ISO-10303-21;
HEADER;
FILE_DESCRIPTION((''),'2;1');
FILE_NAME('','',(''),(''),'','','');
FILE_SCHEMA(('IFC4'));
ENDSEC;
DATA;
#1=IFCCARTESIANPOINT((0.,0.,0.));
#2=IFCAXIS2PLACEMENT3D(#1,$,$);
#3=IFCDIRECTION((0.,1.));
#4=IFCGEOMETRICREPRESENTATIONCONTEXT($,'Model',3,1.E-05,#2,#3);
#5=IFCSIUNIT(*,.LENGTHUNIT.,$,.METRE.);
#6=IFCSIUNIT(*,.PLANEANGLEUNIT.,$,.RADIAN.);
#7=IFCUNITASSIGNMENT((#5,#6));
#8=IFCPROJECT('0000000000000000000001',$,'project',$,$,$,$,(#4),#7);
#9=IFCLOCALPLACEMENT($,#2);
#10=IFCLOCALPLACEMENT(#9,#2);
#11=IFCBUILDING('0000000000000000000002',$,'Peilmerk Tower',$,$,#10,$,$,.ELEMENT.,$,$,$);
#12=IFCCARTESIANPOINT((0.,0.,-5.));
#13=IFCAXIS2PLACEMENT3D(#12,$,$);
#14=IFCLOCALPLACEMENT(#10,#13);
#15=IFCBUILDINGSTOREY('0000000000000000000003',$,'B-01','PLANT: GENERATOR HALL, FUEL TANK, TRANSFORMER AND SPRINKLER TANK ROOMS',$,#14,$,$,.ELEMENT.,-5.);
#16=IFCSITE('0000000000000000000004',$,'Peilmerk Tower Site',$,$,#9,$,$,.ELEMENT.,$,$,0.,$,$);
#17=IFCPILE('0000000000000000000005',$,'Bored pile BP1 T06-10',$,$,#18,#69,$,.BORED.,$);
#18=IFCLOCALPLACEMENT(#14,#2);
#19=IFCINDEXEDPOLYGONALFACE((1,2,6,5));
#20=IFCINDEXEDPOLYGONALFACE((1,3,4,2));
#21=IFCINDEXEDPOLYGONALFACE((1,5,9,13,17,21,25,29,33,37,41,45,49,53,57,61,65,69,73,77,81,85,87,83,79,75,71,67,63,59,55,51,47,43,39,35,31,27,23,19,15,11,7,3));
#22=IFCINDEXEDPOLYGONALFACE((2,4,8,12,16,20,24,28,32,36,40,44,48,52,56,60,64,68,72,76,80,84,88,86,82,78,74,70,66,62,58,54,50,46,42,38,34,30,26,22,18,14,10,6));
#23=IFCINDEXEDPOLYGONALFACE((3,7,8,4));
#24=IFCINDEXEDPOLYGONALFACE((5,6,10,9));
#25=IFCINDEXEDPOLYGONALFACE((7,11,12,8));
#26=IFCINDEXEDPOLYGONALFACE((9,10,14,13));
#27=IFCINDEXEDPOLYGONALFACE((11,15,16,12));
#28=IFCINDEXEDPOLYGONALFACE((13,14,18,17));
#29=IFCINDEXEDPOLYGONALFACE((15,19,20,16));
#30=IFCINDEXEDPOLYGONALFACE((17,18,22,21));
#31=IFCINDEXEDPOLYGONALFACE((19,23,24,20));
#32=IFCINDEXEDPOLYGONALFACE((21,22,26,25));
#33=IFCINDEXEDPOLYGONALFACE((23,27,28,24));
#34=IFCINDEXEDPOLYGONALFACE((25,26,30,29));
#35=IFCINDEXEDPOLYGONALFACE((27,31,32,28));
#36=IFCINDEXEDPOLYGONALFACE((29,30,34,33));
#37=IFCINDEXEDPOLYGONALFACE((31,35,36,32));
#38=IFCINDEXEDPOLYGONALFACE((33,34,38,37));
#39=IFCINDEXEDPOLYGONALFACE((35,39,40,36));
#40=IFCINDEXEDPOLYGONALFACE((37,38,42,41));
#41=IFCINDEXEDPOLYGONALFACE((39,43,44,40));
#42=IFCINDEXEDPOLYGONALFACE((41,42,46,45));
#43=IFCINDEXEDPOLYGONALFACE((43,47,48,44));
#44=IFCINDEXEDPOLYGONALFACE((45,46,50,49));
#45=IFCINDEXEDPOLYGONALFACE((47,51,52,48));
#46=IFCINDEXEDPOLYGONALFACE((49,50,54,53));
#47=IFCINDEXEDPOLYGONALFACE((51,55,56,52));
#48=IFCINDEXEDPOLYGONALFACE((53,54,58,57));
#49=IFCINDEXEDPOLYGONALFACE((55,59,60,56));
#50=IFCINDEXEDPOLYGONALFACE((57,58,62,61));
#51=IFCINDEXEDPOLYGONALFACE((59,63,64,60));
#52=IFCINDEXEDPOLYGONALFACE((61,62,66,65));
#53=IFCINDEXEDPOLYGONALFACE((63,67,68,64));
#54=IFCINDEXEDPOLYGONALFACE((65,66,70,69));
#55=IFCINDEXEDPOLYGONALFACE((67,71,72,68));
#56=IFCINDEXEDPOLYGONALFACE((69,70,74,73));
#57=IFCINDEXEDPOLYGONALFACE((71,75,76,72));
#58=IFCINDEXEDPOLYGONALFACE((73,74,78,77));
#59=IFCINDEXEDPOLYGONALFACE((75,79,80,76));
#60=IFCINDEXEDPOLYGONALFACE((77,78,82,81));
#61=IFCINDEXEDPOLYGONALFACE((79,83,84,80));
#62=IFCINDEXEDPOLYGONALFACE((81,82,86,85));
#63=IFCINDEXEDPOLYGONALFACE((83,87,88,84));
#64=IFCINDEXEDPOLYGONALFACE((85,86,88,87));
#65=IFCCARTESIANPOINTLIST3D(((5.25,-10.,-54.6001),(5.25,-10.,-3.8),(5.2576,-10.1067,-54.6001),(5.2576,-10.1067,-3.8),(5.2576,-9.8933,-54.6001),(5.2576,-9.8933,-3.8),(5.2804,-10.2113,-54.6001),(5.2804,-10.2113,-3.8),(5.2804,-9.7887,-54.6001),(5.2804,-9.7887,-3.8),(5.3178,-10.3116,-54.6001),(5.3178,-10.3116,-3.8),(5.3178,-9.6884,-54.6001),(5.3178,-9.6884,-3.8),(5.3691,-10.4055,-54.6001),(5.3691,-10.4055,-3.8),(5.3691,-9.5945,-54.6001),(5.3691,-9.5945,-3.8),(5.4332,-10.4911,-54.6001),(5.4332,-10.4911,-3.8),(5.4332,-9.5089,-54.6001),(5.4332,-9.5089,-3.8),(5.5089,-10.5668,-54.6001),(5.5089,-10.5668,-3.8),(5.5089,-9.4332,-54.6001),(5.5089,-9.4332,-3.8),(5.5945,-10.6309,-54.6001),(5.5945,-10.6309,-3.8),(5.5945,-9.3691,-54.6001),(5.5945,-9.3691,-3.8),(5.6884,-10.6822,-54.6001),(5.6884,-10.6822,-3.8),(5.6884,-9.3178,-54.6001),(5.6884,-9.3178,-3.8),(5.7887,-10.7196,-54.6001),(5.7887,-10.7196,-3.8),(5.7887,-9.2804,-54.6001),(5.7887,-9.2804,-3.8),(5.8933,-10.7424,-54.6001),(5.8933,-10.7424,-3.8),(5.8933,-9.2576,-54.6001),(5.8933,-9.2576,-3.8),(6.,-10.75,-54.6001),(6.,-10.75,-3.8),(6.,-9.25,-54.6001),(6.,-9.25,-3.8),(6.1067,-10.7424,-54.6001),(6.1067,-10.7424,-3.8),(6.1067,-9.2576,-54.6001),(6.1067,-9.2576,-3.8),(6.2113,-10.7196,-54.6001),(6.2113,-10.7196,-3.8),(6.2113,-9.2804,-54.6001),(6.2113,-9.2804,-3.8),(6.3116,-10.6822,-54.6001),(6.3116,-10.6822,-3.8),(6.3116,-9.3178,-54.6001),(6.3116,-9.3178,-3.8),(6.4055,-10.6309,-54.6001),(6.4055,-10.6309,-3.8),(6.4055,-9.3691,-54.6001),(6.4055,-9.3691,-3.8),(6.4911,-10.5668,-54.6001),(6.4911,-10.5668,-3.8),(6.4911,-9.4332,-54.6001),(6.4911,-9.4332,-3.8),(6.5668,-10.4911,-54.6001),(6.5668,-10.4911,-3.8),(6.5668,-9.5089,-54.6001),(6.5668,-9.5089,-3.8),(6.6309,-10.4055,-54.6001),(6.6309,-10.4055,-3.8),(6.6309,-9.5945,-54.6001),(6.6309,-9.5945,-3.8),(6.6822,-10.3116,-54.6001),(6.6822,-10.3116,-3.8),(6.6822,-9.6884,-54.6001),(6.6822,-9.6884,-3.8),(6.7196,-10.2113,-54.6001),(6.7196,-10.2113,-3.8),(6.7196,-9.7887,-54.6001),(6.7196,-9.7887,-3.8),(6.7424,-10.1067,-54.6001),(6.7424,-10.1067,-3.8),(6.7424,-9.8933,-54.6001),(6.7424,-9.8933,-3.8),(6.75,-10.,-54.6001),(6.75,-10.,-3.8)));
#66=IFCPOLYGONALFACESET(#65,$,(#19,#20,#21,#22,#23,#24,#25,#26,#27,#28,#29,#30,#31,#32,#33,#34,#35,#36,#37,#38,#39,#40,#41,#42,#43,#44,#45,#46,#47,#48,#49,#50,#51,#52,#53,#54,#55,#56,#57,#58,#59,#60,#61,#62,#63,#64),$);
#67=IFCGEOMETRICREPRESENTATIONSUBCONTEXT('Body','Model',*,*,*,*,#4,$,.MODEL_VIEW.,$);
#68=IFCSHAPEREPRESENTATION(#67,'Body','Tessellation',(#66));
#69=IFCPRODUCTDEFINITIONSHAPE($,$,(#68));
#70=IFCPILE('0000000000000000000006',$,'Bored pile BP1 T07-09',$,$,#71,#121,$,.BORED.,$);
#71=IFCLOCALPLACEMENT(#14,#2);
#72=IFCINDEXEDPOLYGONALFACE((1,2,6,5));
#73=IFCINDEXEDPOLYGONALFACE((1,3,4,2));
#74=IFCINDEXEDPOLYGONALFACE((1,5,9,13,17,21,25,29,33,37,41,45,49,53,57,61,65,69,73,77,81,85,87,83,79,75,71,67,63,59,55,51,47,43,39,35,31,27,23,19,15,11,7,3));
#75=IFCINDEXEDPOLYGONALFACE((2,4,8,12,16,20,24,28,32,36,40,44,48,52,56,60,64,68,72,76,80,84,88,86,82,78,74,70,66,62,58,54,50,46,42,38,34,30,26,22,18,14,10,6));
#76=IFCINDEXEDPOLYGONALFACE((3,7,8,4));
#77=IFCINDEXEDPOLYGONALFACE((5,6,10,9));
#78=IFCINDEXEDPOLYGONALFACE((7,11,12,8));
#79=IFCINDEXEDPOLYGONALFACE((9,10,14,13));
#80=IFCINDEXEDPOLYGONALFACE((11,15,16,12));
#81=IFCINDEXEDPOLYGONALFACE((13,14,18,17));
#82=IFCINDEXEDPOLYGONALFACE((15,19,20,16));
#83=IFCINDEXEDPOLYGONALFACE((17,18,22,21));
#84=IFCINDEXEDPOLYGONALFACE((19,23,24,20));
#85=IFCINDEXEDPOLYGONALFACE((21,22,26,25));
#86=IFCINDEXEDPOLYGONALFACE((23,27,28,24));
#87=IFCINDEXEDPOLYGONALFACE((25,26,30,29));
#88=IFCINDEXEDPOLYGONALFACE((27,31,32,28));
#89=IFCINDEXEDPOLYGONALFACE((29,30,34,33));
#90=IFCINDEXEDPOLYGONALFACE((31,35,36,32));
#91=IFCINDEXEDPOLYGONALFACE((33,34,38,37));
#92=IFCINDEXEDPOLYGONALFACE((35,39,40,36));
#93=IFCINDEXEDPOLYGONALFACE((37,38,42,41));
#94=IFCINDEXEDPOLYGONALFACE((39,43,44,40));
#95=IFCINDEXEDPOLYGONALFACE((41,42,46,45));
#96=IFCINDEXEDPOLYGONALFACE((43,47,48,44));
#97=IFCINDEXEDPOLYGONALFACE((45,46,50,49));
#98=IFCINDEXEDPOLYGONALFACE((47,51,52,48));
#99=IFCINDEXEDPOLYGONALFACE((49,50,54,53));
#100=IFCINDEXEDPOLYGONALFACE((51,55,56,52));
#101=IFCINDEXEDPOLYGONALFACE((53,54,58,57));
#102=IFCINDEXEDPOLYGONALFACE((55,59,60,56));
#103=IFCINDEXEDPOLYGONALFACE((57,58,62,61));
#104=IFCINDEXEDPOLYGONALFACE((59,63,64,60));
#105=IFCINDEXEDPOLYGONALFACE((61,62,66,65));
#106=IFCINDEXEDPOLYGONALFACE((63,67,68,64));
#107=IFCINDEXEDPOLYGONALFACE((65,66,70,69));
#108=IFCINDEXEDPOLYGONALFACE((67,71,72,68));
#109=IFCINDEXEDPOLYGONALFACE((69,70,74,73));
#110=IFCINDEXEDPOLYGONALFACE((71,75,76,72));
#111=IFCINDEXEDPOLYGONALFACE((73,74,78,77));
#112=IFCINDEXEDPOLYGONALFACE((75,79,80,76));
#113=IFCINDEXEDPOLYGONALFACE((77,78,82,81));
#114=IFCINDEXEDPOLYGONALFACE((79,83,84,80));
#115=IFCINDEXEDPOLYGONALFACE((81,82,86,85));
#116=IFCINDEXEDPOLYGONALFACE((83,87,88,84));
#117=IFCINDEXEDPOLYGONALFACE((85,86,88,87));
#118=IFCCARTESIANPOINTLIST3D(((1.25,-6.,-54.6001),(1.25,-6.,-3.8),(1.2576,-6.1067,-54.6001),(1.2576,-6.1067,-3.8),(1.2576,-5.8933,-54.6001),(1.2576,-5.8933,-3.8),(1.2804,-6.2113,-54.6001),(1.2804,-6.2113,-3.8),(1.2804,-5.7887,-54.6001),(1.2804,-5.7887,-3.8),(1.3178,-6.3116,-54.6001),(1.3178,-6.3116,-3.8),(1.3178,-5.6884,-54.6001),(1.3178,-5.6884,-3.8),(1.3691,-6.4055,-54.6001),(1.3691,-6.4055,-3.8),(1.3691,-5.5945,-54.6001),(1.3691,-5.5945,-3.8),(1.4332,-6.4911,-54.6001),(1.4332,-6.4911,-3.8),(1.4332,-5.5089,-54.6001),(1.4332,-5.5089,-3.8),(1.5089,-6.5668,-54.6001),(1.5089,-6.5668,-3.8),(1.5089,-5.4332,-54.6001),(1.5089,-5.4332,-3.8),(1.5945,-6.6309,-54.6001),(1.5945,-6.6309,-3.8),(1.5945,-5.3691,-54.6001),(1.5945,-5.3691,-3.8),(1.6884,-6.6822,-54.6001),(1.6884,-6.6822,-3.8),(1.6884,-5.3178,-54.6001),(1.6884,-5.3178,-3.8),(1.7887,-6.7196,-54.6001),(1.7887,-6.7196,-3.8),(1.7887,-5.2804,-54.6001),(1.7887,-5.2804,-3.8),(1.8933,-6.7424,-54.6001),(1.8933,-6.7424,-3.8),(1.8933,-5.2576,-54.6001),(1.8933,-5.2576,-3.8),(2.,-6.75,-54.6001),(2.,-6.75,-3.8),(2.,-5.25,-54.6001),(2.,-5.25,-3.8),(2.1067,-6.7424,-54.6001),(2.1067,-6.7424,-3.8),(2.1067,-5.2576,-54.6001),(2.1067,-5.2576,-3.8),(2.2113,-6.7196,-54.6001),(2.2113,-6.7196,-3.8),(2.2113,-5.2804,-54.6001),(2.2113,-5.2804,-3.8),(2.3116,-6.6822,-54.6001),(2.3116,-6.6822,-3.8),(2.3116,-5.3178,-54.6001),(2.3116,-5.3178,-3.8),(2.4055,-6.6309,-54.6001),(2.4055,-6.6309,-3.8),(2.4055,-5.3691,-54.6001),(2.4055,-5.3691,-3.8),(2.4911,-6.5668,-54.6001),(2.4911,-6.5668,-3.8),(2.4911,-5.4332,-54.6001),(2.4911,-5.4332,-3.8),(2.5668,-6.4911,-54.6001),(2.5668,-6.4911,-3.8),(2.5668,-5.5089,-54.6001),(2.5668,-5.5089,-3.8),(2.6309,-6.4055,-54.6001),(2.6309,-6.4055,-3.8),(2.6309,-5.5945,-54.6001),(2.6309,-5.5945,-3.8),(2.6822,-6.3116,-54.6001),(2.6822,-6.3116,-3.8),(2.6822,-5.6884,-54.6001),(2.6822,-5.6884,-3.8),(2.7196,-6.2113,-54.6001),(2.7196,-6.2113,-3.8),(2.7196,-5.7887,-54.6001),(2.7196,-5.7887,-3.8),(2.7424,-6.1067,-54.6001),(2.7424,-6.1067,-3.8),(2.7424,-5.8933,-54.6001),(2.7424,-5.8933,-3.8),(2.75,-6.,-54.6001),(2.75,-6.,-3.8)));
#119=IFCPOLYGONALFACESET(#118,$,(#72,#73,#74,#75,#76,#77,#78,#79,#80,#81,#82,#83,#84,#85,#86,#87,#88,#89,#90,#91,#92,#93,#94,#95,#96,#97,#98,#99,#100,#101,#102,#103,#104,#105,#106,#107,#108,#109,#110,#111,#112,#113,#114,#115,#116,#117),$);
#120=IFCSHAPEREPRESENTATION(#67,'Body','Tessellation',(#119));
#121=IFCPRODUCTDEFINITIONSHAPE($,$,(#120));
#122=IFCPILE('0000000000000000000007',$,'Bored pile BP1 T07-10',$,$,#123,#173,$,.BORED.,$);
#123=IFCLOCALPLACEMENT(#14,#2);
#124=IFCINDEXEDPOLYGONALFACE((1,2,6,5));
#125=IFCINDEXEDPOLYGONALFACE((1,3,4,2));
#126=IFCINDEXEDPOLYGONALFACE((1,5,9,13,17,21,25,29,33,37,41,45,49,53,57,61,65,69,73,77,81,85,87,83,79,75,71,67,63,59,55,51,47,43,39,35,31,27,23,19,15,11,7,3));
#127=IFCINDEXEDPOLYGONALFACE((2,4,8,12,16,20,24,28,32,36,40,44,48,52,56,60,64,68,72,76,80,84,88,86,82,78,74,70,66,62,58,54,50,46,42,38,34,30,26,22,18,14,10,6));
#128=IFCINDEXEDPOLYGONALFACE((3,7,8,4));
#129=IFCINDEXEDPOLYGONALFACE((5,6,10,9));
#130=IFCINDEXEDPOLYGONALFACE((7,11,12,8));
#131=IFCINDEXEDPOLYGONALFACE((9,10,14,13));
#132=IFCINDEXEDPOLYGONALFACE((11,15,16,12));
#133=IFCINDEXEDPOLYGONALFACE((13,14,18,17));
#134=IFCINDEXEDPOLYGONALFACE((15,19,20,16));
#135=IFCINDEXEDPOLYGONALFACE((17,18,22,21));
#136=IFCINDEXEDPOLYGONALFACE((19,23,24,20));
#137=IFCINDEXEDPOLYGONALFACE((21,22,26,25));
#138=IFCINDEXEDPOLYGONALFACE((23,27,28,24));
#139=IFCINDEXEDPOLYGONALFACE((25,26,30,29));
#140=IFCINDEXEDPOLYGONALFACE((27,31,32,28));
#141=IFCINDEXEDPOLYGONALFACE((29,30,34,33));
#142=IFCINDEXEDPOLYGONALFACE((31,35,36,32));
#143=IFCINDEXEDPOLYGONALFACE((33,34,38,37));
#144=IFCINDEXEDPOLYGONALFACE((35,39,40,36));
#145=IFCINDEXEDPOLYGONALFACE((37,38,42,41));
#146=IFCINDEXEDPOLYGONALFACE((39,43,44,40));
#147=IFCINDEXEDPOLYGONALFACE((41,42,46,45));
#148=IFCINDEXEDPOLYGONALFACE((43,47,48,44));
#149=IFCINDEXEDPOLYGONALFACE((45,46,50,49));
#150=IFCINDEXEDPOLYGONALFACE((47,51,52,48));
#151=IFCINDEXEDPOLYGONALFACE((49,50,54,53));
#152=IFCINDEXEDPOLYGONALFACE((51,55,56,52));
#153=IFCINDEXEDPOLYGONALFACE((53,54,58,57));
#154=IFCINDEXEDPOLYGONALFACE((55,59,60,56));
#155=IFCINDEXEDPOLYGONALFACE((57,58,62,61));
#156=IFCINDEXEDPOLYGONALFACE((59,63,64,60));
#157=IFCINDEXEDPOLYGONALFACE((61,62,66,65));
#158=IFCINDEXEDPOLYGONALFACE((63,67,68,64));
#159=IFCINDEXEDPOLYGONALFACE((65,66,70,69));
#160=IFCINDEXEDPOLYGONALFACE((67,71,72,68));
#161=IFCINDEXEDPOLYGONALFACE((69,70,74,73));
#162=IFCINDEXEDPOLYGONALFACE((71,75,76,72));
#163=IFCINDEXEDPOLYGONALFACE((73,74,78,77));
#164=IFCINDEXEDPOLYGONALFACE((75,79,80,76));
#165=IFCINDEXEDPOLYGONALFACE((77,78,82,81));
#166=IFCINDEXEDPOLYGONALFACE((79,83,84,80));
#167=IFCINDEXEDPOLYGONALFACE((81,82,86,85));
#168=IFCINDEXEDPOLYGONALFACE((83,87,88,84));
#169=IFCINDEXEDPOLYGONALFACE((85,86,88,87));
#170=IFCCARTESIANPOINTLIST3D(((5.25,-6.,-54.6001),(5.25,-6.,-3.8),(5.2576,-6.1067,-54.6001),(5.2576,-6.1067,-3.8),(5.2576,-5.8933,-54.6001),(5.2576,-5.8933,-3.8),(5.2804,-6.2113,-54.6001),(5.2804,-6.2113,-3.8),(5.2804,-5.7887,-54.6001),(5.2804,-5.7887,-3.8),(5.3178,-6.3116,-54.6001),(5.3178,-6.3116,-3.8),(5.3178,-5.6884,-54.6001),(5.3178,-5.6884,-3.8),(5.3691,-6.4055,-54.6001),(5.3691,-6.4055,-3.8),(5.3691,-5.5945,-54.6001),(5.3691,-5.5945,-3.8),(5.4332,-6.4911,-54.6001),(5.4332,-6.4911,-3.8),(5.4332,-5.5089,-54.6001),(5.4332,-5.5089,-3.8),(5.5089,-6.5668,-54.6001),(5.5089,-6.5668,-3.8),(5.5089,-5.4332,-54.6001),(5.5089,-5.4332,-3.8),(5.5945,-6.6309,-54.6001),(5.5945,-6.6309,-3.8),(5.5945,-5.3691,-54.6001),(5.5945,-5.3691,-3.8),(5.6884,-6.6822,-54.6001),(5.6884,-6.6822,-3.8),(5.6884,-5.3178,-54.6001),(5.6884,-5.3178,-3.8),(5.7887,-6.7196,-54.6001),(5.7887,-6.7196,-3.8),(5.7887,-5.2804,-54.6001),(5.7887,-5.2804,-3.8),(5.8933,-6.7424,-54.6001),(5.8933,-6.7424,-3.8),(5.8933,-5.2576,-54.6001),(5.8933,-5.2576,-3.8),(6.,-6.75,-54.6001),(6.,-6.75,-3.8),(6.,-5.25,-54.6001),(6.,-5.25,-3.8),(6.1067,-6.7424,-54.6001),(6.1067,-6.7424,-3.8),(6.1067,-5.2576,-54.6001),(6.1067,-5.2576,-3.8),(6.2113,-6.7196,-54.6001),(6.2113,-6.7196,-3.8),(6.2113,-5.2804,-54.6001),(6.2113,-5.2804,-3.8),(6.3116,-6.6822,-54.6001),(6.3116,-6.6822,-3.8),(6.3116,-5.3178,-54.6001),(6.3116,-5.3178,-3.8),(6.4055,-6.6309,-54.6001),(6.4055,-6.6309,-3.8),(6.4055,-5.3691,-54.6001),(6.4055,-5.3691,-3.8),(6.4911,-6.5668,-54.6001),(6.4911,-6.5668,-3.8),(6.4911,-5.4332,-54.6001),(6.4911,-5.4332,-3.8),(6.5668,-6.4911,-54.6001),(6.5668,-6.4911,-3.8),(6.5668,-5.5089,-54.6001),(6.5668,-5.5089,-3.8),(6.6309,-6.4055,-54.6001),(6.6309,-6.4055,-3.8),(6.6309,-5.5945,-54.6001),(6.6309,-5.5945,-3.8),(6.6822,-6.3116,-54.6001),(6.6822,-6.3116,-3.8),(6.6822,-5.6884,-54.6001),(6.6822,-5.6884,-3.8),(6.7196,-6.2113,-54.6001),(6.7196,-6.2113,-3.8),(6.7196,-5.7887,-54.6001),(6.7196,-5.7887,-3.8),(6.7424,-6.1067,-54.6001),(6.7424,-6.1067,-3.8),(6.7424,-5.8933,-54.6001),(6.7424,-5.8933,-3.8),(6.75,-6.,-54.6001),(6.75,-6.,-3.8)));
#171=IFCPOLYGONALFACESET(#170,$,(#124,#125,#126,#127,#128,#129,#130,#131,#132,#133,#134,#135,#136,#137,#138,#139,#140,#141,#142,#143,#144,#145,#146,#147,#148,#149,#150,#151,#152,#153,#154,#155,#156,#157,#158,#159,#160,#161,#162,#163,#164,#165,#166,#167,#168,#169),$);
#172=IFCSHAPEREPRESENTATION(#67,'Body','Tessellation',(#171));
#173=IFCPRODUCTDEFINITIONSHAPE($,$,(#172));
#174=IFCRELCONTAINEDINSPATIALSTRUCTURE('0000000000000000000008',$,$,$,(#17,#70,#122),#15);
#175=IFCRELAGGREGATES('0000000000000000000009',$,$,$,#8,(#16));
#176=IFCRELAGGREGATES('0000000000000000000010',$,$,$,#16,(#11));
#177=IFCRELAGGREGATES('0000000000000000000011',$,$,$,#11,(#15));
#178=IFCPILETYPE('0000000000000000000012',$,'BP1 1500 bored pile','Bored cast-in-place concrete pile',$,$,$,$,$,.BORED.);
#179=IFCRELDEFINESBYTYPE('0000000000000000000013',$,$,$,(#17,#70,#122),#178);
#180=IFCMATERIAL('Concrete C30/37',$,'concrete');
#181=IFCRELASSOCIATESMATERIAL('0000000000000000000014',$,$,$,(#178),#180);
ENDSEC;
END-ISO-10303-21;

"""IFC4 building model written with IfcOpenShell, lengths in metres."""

from ifc_helpers import new_model, si_unit, direction, frame, origin, origin_2d, place, context, subcontext, project, spatial, circle, extrude, material, material_profile, profile_set, type_object, element, save


model = new_model("IFC4")

# Units and contexts
model_context = context("Model", 3, precision=1e-05, world=origin(), true_north=direction((0.0, 1.0)))
body_context = subcontext(model_context, "Body", "Model", "MODEL_VIEW")
ifc_project = project(units=[si_unit("LENGTHUNIT", "METRE"), si_unit("PLANEANGLEUNIT", "RADIAN")], contexts=[model_context])

# Site, building, storey
site_placement = place(None, origin())
site = spatial("IfcSite", under=ifc_project, at=site_placement, Name="Peilmerk Tower Site", CompositionType="ELEMENT", RefElevation=0.0)
building_placement = place(site_placement, origin())
building = spatial("IfcBuilding", under=site, at=building_placement, Name="Peilmerk Tower", CompositionType="ELEMENT")
storey_placement = place(building_placement, frame((0.0, 0.0, -5.0)))
storey = spatial("IfcBuildingStorey", under=building, at=storey_placement, Name="B-01", Description="PLANT: GENERATOR HALL, FUEL TANK, TRANSFORMER AND SPRINKLER TANK ROOMS", CompositionType="ELEMENT", Elevation=-5.0)

# Piles
ifc_material_1 = material(Name="Concrete C30/37", Category="concrete")
ifc_material_profile = material_profile(ifc_material_1, circle(Radius=0.75, at=origin_2d()), Name="BP 1500")
ifc_profile_set = profile_set([ifc_material_profile], Name="Concrete C30/37")
pile_type = type_object("IfcPileType", Name="BP1 1500 bored pile", Description="Bored cast-in-place concrete pile", PredefinedType="BORED", material=ifc_profile_set)
for number, where, z_axis, x_axis, name in (
    (1, (6.0, -10.0, -3.8), (0.0, 0.0, -1.0), (1.0, 0.0, 0.0), "Bored pile BP1 T06-10"),
    (2, (2.0, -6.0, -3.8), (0.0, 0.0, -1.0), (1.0, 0.0, 0.0), "Bored pile BP1 T07-09"),
    (3, (6.0, -6.0, -3.8), (0.0, 0.0, -1.0), (1.0, 0.0, 0.0), "Bored pile BP1 T07-10"),
):
    element("IfcPile", number, at=place(storey_placement, frame(where, z_axis=z_axis, x_axis=x_axis)), inside=storey, type_object=pile_type, Name=name, PredefinedType="BORED", context=body_context, shape_type="SweptSolid", body=[
        extrude(circle(Radius=0.75, at=origin_2d()), origin(), (0.0, 0.0, 1.0), 50.8),
    ])

save(model, "model.ifc")
